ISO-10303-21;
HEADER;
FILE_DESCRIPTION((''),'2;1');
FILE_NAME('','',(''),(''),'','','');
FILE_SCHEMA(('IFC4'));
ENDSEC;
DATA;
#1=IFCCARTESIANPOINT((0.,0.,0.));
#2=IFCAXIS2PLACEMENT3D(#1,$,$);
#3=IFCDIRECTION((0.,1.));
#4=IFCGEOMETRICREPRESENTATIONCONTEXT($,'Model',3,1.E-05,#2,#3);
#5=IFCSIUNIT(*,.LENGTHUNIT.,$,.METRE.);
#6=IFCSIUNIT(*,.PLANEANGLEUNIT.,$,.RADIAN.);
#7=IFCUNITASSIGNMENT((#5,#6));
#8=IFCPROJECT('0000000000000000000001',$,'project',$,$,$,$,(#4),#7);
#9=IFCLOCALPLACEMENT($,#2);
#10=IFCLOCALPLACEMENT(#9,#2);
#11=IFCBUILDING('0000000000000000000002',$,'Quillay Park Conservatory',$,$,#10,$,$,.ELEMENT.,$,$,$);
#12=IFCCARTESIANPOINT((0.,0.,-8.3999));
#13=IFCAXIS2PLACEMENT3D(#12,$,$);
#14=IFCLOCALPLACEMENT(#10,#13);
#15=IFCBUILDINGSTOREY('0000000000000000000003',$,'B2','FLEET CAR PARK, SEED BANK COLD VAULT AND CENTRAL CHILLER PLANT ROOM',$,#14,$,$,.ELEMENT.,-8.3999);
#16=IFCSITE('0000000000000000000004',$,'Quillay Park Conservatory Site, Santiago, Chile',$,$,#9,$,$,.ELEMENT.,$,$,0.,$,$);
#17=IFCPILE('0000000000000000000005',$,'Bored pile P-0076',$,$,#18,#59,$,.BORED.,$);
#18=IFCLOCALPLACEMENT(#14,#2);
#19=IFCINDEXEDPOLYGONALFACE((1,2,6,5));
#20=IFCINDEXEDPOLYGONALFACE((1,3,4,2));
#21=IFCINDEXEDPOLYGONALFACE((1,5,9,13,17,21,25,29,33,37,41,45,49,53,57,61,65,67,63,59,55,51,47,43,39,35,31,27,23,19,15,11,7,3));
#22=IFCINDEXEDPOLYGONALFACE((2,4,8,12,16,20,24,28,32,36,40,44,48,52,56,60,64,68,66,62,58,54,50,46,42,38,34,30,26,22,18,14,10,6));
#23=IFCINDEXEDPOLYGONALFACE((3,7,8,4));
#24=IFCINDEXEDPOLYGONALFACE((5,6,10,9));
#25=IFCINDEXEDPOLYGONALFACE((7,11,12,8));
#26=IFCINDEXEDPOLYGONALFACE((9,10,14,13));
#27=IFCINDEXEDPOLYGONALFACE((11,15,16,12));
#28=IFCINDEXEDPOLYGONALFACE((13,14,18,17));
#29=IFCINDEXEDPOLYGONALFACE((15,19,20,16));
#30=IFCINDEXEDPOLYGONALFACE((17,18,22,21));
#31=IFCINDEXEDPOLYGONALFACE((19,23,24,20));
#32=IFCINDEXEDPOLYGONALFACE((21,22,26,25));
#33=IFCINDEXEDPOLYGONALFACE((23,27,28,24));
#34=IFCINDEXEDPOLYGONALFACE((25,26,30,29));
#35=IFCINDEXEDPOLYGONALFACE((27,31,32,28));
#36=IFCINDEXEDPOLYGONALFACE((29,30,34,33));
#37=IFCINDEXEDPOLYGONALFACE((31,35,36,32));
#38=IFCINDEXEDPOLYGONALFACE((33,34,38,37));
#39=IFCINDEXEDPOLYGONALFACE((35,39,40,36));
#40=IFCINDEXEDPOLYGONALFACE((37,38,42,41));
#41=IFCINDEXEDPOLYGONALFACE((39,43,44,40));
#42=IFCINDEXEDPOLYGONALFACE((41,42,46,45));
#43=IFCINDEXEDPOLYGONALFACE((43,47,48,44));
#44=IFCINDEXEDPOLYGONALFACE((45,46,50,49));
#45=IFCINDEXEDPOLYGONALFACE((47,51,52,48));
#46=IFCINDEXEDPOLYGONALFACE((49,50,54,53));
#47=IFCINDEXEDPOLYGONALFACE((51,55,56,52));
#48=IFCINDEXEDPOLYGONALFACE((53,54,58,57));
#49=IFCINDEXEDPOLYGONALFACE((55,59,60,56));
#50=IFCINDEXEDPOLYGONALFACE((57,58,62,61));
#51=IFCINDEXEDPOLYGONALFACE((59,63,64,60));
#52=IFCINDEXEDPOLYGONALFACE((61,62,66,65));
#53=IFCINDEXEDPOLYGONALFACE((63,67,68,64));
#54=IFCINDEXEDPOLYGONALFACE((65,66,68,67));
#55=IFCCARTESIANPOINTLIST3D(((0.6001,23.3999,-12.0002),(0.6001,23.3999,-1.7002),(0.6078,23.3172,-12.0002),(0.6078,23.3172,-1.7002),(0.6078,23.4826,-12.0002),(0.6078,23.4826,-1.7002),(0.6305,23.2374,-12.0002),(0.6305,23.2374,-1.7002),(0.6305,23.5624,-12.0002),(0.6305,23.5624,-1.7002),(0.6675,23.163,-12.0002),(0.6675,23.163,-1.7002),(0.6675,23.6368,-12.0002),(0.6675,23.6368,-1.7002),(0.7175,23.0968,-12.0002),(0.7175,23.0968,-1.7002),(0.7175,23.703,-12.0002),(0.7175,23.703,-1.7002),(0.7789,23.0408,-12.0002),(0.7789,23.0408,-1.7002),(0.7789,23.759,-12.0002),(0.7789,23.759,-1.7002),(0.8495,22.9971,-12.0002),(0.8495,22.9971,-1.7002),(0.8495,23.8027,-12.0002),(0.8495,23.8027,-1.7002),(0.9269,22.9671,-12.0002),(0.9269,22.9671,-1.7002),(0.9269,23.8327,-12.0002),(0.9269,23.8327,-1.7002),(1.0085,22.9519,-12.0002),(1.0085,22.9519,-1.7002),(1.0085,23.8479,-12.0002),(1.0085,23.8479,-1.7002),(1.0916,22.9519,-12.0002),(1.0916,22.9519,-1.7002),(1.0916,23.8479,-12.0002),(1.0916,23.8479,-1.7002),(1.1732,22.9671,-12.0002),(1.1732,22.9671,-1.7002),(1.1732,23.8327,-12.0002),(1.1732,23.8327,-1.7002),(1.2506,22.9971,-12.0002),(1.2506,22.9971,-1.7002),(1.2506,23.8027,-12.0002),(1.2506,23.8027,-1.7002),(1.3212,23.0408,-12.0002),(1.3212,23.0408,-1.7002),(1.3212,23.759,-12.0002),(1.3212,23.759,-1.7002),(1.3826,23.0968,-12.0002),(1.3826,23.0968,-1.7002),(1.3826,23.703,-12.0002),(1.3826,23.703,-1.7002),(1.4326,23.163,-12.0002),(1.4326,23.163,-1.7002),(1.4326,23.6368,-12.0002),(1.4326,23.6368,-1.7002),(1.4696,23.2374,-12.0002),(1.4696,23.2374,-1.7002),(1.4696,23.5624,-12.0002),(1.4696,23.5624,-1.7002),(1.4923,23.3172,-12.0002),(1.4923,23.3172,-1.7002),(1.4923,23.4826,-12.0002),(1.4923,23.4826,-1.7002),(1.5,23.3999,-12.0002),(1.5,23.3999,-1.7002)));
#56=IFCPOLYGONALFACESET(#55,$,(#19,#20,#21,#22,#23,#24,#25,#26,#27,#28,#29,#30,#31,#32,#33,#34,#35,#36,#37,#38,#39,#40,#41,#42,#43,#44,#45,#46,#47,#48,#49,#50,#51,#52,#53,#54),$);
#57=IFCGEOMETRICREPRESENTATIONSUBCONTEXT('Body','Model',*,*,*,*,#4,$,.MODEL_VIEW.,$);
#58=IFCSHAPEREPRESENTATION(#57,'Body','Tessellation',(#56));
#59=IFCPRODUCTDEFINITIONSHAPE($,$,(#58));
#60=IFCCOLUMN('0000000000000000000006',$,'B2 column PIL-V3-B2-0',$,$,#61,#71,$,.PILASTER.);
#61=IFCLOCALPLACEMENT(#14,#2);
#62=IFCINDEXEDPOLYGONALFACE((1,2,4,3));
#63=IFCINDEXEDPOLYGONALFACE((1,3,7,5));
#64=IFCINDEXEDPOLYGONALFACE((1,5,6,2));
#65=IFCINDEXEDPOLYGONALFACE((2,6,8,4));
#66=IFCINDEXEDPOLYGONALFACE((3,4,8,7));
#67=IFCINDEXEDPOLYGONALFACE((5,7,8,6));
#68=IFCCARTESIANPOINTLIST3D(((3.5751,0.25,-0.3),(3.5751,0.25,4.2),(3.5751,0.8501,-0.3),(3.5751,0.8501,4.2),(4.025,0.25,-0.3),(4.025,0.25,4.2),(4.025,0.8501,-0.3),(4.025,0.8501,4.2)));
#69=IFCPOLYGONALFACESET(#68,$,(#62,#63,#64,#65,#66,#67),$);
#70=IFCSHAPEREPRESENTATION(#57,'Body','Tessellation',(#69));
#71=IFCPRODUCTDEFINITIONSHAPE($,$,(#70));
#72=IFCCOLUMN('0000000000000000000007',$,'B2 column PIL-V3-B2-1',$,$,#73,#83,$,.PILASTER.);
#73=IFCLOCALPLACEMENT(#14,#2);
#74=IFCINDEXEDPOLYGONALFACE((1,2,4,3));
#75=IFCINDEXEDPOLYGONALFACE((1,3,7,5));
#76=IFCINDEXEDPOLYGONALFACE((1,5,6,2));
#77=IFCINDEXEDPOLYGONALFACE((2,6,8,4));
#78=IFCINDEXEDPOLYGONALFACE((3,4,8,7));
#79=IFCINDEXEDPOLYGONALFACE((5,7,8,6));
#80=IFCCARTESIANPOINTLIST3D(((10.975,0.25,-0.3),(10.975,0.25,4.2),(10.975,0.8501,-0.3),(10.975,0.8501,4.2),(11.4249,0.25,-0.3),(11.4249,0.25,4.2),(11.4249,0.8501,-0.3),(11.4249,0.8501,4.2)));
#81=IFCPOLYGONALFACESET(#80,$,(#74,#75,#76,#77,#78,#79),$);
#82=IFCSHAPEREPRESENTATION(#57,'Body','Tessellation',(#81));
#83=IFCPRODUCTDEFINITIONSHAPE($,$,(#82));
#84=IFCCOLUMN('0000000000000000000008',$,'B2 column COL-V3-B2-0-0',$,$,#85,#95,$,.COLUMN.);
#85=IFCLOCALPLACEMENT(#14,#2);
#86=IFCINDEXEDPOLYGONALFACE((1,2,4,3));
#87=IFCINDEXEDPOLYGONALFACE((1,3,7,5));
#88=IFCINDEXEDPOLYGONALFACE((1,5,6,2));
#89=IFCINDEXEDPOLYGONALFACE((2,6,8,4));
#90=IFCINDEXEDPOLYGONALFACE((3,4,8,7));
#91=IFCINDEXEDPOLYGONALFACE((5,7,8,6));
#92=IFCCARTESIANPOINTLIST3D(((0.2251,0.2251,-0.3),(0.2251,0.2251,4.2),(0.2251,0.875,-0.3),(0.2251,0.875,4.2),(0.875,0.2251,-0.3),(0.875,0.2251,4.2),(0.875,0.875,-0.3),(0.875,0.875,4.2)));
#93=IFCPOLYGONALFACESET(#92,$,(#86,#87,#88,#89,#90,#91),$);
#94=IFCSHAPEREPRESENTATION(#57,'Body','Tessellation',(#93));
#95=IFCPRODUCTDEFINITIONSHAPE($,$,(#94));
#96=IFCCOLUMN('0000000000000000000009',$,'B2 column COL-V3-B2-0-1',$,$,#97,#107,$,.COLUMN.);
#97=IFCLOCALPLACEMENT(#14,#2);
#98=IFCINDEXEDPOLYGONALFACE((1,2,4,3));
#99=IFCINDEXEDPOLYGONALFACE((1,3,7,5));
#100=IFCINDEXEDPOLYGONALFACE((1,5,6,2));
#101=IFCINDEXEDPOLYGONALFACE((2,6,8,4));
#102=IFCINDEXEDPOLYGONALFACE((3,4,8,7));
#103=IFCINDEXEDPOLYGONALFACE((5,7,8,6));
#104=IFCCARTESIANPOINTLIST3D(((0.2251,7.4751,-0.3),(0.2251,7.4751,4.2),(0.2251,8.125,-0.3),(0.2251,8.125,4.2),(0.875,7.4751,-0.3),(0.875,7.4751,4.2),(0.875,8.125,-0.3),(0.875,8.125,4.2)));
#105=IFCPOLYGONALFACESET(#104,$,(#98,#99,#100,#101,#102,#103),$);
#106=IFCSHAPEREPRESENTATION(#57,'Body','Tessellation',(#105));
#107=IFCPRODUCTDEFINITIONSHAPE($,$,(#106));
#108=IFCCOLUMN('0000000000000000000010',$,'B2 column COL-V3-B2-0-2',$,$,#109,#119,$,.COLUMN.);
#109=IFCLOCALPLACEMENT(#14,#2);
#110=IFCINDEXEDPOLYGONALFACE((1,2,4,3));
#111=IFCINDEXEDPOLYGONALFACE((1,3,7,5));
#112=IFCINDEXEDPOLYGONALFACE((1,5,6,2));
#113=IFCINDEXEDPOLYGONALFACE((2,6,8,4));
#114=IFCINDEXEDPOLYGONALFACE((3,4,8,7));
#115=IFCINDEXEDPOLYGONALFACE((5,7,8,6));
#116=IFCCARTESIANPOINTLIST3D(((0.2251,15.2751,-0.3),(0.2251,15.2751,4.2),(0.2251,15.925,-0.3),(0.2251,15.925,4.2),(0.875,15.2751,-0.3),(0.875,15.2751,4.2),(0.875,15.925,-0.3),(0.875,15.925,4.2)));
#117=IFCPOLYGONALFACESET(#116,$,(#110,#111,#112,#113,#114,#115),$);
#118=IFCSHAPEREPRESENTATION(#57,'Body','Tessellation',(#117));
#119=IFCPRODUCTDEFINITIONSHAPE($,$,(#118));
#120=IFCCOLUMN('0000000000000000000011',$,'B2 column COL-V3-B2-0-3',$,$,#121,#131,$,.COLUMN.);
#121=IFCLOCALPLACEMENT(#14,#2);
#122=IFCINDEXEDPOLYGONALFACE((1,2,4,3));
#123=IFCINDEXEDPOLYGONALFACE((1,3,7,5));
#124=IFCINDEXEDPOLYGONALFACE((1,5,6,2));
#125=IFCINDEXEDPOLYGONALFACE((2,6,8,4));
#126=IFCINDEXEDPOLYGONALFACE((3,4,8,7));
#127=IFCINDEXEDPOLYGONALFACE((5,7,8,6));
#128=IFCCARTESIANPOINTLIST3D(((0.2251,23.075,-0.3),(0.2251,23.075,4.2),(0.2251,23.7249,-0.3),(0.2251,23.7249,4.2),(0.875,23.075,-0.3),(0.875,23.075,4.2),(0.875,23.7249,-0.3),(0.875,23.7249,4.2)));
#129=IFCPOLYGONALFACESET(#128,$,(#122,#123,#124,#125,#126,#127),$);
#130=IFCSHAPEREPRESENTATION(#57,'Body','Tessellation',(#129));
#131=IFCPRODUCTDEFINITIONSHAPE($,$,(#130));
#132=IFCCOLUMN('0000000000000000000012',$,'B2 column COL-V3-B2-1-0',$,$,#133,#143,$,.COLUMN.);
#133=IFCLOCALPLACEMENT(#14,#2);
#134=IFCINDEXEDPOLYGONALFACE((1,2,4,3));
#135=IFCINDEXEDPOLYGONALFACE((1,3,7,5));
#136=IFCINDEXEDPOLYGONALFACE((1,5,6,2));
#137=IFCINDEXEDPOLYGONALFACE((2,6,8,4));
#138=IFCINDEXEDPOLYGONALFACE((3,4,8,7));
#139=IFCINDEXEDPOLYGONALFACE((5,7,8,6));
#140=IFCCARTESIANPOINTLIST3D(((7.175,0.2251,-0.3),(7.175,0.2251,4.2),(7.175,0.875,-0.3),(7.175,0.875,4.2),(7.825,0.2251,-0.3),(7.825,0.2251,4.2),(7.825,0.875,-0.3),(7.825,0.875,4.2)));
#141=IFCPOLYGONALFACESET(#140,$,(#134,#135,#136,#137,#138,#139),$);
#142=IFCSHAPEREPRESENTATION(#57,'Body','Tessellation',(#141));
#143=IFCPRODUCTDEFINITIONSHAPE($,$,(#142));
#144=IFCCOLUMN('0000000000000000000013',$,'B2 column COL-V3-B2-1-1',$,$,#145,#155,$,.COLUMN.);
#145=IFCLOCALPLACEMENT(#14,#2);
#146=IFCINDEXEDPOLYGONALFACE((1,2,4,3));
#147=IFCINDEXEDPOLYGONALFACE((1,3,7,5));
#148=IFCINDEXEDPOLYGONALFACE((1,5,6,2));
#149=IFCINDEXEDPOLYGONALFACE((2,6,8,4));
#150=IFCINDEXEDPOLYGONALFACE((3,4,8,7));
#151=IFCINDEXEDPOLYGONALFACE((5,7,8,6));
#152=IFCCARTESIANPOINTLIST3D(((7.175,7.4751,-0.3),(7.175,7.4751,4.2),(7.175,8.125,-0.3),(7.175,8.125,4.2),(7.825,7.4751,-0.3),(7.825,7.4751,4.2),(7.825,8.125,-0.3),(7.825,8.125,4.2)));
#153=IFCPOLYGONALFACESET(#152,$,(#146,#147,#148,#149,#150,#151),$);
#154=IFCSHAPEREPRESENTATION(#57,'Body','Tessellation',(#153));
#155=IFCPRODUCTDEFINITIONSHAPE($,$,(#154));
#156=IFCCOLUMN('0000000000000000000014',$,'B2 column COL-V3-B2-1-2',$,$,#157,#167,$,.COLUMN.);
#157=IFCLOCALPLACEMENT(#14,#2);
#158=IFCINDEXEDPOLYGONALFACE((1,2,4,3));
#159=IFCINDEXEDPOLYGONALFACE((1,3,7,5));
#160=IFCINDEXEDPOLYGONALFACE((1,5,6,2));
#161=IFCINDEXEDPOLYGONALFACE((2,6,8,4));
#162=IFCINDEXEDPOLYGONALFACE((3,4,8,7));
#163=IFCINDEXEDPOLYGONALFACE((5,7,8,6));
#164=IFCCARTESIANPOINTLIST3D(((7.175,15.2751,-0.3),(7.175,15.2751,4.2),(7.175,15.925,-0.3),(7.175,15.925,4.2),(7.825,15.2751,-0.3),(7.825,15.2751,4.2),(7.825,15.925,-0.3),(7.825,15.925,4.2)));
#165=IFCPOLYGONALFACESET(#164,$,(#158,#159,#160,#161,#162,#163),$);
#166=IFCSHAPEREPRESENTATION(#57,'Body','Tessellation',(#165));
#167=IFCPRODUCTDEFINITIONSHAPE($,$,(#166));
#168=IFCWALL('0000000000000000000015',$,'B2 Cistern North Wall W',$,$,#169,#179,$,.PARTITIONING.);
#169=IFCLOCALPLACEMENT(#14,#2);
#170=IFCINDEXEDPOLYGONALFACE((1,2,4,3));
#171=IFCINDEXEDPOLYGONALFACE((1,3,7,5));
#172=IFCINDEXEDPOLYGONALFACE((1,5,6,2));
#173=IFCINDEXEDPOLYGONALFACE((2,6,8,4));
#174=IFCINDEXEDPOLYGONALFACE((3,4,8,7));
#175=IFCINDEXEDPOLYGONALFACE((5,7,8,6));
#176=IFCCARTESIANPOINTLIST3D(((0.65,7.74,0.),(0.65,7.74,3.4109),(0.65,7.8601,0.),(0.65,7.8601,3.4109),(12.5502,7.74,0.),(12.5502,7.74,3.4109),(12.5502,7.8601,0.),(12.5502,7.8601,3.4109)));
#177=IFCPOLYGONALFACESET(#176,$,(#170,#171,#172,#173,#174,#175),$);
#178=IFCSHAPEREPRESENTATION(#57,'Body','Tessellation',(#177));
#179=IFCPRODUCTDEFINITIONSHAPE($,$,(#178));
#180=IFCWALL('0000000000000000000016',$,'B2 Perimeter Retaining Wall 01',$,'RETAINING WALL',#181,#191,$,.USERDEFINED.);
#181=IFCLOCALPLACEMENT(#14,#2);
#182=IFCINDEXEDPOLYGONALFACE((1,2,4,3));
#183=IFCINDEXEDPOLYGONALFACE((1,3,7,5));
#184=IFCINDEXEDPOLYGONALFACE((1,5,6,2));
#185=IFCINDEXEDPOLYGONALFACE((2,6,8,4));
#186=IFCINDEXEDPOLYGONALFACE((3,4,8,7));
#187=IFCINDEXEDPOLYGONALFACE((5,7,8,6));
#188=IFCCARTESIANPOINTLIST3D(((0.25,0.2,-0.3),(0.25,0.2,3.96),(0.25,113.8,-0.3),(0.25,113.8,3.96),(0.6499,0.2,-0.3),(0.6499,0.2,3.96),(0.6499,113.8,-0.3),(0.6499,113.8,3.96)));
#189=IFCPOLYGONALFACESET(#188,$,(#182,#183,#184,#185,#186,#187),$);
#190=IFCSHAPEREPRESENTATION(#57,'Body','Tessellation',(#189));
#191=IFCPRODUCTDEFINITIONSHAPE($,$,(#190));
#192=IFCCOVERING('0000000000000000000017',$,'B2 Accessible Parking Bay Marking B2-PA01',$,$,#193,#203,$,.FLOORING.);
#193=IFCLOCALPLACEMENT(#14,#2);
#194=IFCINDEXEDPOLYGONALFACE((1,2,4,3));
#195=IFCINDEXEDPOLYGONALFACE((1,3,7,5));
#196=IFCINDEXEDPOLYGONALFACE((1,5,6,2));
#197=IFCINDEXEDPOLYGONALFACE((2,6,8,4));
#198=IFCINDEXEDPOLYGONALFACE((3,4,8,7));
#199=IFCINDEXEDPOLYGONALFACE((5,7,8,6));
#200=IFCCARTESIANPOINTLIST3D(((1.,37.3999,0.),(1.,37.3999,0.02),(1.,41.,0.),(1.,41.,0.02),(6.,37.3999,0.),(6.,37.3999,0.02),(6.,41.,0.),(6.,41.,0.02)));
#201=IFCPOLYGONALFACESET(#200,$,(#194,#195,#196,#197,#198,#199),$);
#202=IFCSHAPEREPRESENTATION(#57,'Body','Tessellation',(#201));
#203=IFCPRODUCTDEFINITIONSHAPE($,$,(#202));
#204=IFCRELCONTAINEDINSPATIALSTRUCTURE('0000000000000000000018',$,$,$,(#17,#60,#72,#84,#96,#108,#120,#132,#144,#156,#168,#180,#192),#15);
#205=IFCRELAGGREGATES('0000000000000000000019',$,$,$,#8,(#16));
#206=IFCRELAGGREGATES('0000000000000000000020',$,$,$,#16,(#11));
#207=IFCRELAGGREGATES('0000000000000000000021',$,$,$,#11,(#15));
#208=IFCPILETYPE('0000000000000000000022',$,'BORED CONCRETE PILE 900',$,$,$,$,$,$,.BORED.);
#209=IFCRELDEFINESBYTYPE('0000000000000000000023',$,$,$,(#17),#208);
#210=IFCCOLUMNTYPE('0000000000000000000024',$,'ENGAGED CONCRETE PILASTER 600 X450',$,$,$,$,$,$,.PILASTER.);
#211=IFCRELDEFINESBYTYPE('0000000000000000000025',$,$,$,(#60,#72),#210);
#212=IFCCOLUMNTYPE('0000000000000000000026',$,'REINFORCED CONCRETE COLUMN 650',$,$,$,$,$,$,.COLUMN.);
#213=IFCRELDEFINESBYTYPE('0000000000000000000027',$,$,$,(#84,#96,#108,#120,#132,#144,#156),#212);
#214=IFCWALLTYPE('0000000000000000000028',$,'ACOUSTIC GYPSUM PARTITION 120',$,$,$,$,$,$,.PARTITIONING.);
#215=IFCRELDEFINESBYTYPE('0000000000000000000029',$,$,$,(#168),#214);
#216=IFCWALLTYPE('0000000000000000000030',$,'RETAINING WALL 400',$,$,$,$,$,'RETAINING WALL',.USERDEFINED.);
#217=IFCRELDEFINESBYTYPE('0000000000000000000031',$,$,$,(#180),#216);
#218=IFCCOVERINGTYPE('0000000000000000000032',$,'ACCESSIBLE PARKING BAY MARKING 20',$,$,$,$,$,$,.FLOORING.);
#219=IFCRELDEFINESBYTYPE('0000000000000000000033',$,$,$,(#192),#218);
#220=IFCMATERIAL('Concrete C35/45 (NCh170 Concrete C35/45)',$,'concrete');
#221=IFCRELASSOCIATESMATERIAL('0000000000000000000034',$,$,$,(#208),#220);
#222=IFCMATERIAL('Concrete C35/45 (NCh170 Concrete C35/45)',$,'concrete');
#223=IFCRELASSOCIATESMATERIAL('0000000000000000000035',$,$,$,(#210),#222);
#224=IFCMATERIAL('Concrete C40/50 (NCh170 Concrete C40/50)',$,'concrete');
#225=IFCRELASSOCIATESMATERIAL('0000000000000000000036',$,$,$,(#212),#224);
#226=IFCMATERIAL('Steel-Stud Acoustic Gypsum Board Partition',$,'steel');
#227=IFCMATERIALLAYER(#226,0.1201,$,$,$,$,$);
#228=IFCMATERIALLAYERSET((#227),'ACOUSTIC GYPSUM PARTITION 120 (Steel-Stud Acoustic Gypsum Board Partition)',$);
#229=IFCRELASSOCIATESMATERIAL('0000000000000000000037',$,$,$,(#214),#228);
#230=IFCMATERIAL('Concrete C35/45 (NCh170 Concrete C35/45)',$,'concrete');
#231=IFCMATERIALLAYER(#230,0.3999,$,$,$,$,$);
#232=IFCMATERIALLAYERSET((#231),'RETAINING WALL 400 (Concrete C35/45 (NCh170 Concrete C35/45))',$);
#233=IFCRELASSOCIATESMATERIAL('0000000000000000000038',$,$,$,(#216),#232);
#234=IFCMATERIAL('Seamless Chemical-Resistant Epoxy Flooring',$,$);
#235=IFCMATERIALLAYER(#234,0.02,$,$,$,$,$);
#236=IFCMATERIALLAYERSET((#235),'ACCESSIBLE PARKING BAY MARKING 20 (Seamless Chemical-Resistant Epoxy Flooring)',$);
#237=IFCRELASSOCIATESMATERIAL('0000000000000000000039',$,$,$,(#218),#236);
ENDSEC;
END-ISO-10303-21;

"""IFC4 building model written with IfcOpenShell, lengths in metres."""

from ifc_helpers import new_model, si_unit, direction, frame, frame_2d, origin, origin_2d, place, context, subcontext, project, spatial, polyline, rectangle, circle, outline, extrude, material, layer, layer_set, material_profile, profile_set, type_object, element, save


model = new_model("IFC4")

# Units and contexts
model_context = context("Model", 3, precision=1e-05, world=origin(), true_north=direction((0.0, 1.0)))
body_context = subcontext(model_context, "Body", "Model", "MODEL_VIEW")
ifc_project = project(units=[si_unit("LENGTHUNIT", "METRE"), si_unit("PLANEANGLEUNIT", "RADIAN")], contexts=[model_context])

# Site, building, storey
site_placement = place(None, origin())
site = spatial("IfcSite", under=ifc_project, at=site_placement, Name="Quillay Park Conservatory Site, Santiago, Chile", CompositionType="ELEMENT", RefElevation=0.0)
building_placement = place(site_placement, origin())
building = spatial("IfcBuilding", under=site, at=building_placement, Name="Quillay Park Conservatory", CompositionType="ELEMENT")
storey_placement = place(building_placement, frame((0.0, 0.0, -8.3999)))
storey = spatial("IfcBuildingStorey", under=building, at=storey_placement, Name="B2", Description="FLEET CAR PARK, SEED BANK COLD VAULT AND CENTRAL CHILLER PLANT ROOM", CompositionType="ELEMENT", Elevation=-8.3999)

# Pile
ifc_material_1 = material(Name="Concrete C35/45 (NCh170 Concrete C35/45)", Category="concrete")
ifc_material_profile_1 = material_profile(ifc_material_1, circle(Radius=0.45, at=origin_2d()), Name="PILE900")
ifc_profile_set_1 = profile_set([ifc_material_profile_1], Name="Concrete C35/45 (NCh170 Concrete C35/45)")
pile_type = type_object("IfcPileType", Name="BORED CONCRETE PILE 900", PredefinedType="BORED", material=ifc_profile_set_1)
for number, where, z_axis, x_axis, name in (
    (1, (1.05, 23.3999, -1.7002), (0.0, 0.0, -1.0), (1.0, 0.0, 0.0), "Bored pile P-0076"),
):
    element("IfcPile", number, at=place(storey_placement, frame(where, z_axis=z_axis, x_axis=x_axis)), inside=storey, type_object=pile_type, Name=name, PredefinedType="BORED", context=body_context, shape_type="SweptSolid", body=[
        extrude(circle(Radius=0.45, at=origin_2d()), origin(), (0.0, 0.0, 1.0), 10.3),
    ])

# Columns
ifc_material_2 = material(Name="Concrete C35/45 (NCh170 Concrete C35/45)", Category="concrete")
ifc_material_profile_2 = material_profile(ifc_material_2, rectangle(XDim=0.45, YDim=0.6001, at=origin_2d()), Name="RC600x450")
ifc_profile_set_2 = profile_set([ifc_material_profile_2], Name="Concrete C35/45 (NCh170 Concrete C35/45)")
column_type_1 = type_object("IfcColumnType", Name="ENGAGED CONCRETE PILASTER 600 X450", PredefinedType="PILASTER", material=ifc_profile_set_2)
for number, where, z_axis, x_axis, name in (
    (2, (3.8, 0.55, -0.3), (0.0, 0.0, 1.0), (1.0, 0.0, 0.0), "B2 column PIL-V3-B2-0"),
    (3, (11.2, 0.55, -0.3), (0.0, 0.0, 1.0), (1.0, 0.0, 0.0), "B2 column PIL-V3-B2-1"),
):
    element("IfcColumn", number, at=place(storey_placement, frame(where, z_axis=z_axis, x_axis=x_axis)), inside=storey, type_object=column_type_1, Name=name, PredefinedType="PILASTER", context=body_context, shape_type="SweptSolid", body=[
        extrude(rectangle(XDim=0.45, YDim=0.6001, at=origin_2d()), origin(), (0.0, 0.0, 1.0), 4.5),
    ])
ifc_material_3 = material(Name="Concrete C40/50 (NCh170 Concrete C40/50)", Category="concrete")
ifc_material_profile_3 = material_profile(ifc_material_3, rectangle(XDim=0.6499, YDim=0.6499, at=origin_2d()), Name="RC650x650")
ifc_profile_set_3 = profile_set([ifc_material_profile_3], Name="Concrete C40/50 (NCh170 Concrete C40/50)")
column_type_2 = type_object("IfcColumnType", Name="REINFORCED CONCRETE COLUMN 650", PredefinedType="COLUMN", material=ifc_profile_set_3)
for number, where, z_axis, x_axis, name in (
    (4, (0.55, 0.55, -0.3), (0.0, 0.0, 1.0), (1.0, 0.0, 0.0), "B2 column COL-V3-B2-0-0"),
    (5, (0.55, 7.8, -0.3), (0.0, 0.0, 1.0), (1.0, 0.0, 0.0), "B2 column COL-V3-B2-0-1"),
    (6, (0.55, 15.6001, -0.3), (0.0, 0.0, 1.0), (1.0, 0.0, 0.0), "B2 column COL-V3-B2-0-2"),
    (7, (0.55, 23.3999, -0.3), (0.0, 0.0, 1.0), (1.0, 0.0, 0.0), "B2 column COL-V3-B2-0-3"),
    (8, (7.5, 0.55, -0.3), (0.0, 0.0, 1.0), (1.0, 0.0, 0.0), "B2 column COL-V3-B2-1-0"),
    (9, (7.5, 7.8, -0.3), (0.0, 0.0, 1.0), (1.0, 0.0, 0.0), "B2 column COL-V3-B2-1-1"),
    (10, (7.5, 15.6001, -0.3), (0.0, 0.0, 1.0), (1.0, 0.0, 0.0), "B2 column COL-V3-B2-1-2"),
):
    element("IfcColumn", number, at=place(storey_placement, frame(where, z_axis=z_axis, x_axis=x_axis)), inside=storey, type_object=column_type_2, Name=name, PredefinedType="COLUMN", context=body_context, shape_type="SweptSolid", body=[
        extrude(rectangle(XDim=0.6499, YDim=0.6499, at=origin_2d()), origin(), (0.0, 0.0, 1.0), 4.5),
    ])

# Walls
ifc_material_4 = material(Name="Steel-Stud Acoustic Gypsum Board Partition", Category="steel")
ifc_layer_1 = layer(ifc_material_4, 0.1201)
ifc_layer_set_1 = layer_set([ifc_layer_1], Name="ACOUSTIC GYPSUM PARTITION 120 (Steel-Stud Acoustic Gypsum Board Partition)")
wall_type_1 = type_object("IfcWallType", Name="ACOUSTIC GYPSUM PARTITION 120", PredefinedType="PARTITIONING", material=ifc_layer_set_1)
wall_1_placement = place(storey_placement, frame((0.6499, 7.8, 0.0), z_axis=(0.0, 0.0, 1.0), x_axis=(1.0, 0.0, 0.0)))
element("IfcWall", 11, at=wall_1_placement, inside=storey, type_object=wall_type_1, Name="B2 Cistern North Wall W", PredefinedType="PARTITIONING", context=body_context, shape_type="SweptSolid", body=[
    extrude(rectangle(XDim=11.9001, YDim=0.1201, at=frame_2d((5.9502, 0.0))), origin(), (0.0, 0.0, 1.0), 3.4109),
])
ifc_material_5 = material(Name="Concrete C35/45 (NCh170 Concrete C35/45)", Category="concrete")
ifc_layer_2 = layer(ifc_material_5, 0.3999)
ifc_layer_set_2 = layer_set([ifc_layer_2], Name="RETAINING WALL 400 (Concrete C35/45 (NCh170 Concrete C35/45))")
wall_type_2 = type_object("IfcWallType", Name="RETAINING WALL 400", ElementType="RETAINING WALL", PredefinedType="USERDEFINED", material=ifc_layer_set_2)
wall_2_placement = place(storey_placement, frame((0.45, 0.2, -0.3), z_axis=(0.0, 0.0, 1.0), x_axis=(0.0, 1.0, 0.0)))
element("IfcWall", 12, at=wall_2_placement, inside=storey, type_object=wall_type_2, Name="B2 Perimeter Retaining Wall 01", ObjectType="RETAINING WALL", PredefinedType="USERDEFINED", context=body_context, shape_type="SweptSolid", body=[
    extrude(rectangle(XDim=113.6001, YDim=0.3999, at=frame_2d((56.8, 0.0))), origin(), (0.0, 0.0, 1.0), 4.26),
])

# Covering
ifc_material_6 = material(Name="Seamless Chemical-Resistant Epoxy Flooring")
ifc_layer_3 = layer(ifc_material_6, 0.02)
ifc_layer_set_3 = layer_set([ifc_layer_3], Name="ACCESSIBLE PARKING BAY MARKING 20 (Seamless Chemical-Resistant Epoxy Flooring)")
covering_type_1 = type_object("IfcCoveringType", Name="ACCESSIBLE PARKING BAY MARKING 20", PredefinedType="FLOORING", material=ifc_layer_set_3)
covering_1_placement = place(storey_placement, origin())
element("IfcCovering", 13, at=covering_1_placement, inside=storey, type_object=covering_type_1, Name="B2 Accessible Parking Bay Marking B2-PA01", PredefinedType="FLOORING", context=body_context, shape_type="SweptSolid", body=[
    extrude(outline(polyline([(1.0, 37.3999), (6.0, 37.3999), (6.0, 41.0), (1.0, 41.0), (1.0, 37.3999)])), origin(), (0.0, 0.0, 1.0), 0.02),
])

save(model, "model.ifc")
